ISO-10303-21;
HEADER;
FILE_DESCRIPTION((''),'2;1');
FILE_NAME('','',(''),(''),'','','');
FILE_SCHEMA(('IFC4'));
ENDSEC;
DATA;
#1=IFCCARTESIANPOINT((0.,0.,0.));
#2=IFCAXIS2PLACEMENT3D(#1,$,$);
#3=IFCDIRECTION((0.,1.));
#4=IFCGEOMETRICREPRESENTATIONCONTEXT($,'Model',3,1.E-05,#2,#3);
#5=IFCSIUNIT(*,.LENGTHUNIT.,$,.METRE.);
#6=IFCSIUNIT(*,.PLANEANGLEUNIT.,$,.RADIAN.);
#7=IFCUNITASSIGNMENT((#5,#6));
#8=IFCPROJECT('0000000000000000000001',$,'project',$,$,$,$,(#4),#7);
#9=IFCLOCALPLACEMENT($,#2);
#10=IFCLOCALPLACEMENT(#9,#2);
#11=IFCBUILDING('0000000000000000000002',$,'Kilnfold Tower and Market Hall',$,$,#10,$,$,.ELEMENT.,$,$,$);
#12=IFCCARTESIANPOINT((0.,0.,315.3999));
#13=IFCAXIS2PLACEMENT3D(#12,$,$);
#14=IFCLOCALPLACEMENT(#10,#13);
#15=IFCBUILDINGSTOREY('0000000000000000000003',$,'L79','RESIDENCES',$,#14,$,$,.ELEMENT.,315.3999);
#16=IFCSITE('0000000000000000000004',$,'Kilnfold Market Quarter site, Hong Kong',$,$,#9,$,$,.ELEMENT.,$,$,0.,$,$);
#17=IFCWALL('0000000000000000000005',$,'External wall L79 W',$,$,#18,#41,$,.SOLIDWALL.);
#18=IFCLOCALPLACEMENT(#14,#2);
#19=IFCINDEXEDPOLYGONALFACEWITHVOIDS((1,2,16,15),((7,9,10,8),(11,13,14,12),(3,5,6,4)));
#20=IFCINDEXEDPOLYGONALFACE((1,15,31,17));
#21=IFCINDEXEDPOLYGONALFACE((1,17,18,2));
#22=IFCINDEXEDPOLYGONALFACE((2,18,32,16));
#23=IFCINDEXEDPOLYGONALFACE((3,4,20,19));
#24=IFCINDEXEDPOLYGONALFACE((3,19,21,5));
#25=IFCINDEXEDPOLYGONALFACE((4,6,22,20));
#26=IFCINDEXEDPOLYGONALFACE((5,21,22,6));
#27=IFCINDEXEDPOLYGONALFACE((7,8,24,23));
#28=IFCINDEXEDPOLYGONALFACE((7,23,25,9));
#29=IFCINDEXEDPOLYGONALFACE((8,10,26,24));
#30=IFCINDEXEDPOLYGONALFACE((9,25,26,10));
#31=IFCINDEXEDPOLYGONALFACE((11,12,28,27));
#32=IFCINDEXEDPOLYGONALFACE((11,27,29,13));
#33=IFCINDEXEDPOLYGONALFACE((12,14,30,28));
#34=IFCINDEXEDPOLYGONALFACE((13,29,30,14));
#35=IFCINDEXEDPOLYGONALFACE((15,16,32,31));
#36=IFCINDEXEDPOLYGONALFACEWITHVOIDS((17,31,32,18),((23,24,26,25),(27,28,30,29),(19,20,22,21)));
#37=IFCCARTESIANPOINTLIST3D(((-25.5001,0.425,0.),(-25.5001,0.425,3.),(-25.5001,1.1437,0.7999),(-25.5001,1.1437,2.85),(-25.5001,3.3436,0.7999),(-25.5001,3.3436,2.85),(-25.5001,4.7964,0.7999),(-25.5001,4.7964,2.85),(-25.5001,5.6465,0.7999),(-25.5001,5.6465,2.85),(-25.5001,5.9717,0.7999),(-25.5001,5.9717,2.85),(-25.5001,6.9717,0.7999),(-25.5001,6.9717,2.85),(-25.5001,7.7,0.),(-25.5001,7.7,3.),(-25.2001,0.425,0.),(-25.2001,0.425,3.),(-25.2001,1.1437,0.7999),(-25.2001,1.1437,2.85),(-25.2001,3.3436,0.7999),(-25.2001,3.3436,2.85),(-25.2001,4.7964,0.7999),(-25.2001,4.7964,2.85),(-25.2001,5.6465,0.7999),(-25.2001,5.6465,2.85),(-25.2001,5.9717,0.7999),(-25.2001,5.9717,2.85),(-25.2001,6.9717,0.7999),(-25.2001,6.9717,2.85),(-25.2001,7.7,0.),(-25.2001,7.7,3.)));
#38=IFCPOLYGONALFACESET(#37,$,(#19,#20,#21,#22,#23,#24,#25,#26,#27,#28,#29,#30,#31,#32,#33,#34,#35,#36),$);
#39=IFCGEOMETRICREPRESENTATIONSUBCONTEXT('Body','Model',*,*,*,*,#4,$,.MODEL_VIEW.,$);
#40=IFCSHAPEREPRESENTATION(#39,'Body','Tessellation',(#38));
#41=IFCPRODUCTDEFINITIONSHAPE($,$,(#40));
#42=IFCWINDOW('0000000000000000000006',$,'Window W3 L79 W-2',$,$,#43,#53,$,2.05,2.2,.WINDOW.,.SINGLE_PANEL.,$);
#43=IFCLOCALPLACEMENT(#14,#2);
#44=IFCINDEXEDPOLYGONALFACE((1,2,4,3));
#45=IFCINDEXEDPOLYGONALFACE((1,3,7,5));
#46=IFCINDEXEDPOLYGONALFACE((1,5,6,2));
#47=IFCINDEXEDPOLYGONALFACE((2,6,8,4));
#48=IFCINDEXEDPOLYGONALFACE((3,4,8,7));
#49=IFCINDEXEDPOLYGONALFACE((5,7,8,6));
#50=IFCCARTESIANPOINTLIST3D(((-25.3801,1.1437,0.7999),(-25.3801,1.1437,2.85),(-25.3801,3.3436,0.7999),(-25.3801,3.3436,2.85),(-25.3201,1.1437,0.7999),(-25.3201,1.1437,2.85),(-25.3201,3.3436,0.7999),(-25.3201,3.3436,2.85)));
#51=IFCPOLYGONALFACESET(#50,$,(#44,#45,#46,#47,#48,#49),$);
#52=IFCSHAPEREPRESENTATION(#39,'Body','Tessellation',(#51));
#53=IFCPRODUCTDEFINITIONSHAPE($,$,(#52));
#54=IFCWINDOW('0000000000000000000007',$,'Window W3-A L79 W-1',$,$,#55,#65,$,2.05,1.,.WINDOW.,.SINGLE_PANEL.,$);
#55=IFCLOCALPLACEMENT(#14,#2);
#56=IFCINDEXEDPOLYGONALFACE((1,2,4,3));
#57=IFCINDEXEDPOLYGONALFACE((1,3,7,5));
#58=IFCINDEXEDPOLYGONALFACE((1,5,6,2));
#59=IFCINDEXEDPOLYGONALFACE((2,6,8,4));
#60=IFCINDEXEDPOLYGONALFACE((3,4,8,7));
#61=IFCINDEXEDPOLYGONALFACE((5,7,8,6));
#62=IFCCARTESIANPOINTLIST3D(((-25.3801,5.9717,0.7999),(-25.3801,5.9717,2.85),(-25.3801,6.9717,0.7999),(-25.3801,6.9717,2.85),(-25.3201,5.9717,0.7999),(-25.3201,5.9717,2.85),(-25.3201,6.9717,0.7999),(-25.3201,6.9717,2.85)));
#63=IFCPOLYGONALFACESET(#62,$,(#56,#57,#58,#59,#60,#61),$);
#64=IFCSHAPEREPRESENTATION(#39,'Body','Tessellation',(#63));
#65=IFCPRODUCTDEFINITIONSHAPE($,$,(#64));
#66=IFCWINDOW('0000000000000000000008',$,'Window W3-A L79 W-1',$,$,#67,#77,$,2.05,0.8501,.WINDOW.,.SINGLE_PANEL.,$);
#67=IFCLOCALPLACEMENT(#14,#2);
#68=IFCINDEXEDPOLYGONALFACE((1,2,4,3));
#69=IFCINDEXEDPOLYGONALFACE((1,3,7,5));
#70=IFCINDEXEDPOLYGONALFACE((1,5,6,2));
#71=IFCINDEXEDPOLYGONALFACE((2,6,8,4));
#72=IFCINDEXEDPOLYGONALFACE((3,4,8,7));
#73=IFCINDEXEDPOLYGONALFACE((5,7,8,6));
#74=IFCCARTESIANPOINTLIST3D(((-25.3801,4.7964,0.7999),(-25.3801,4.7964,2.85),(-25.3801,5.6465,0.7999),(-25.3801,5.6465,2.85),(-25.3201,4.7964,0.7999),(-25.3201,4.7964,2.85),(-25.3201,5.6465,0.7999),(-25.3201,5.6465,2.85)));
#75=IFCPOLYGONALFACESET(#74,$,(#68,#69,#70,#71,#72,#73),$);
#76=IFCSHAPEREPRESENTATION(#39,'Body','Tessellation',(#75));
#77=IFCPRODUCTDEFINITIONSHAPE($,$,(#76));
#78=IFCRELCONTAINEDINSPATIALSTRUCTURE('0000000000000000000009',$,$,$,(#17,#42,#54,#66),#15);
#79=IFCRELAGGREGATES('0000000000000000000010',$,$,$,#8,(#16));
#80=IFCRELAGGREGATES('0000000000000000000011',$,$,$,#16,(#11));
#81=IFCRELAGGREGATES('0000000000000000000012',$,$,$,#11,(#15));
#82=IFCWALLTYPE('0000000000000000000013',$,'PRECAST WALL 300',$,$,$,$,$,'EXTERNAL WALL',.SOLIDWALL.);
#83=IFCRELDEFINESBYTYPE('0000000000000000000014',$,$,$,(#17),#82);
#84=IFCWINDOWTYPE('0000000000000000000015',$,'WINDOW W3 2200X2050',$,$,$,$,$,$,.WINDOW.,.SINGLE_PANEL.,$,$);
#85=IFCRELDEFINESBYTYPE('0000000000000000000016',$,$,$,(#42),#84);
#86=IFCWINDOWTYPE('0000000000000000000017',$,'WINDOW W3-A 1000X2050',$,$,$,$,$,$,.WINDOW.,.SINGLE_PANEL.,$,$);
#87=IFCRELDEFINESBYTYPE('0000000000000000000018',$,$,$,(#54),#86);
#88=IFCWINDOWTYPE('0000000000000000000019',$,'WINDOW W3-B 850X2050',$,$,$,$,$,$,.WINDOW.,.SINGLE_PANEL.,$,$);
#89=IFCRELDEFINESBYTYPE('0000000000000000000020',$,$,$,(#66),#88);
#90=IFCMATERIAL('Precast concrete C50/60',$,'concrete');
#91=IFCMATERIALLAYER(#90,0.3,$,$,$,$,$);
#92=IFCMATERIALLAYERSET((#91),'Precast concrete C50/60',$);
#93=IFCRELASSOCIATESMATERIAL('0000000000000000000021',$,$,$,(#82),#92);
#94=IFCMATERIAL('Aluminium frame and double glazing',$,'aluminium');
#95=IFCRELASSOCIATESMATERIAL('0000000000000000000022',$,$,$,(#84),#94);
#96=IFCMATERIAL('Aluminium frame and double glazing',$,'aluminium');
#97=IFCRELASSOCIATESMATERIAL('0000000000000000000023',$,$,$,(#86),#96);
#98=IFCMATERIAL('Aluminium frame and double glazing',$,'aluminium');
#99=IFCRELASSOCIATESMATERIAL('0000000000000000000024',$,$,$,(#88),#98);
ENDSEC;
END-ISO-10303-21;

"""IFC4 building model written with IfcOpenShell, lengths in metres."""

from ifc_helpers import new_model, si_unit, direction, frame, frame_2d, origin, place, context, subcontext, project, spatial, rectangle, extrude, source, transform, mapped, material, layer, layer_set, type_object, element, fill, save


model = new_model("IFC4")

# Units and contexts
model_context = context("Model", 3, precision=1e-05, world=origin(), true_north=direction((0.0, 1.0)))
body_context = subcontext(model_context, "Body", "Model", "MODEL_VIEW")
ifc_project = project(units=[si_unit("LENGTHUNIT", "METRE"), si_unit("PLANEANGLEUNIT", "RADIAN")], contexts=[model_context])

# Site, building, storey
site_placement = place(None, origin())
site = spatial("IfcSite", under=ifc_project, at=site_placement, Name="Kilnfold Market Quarter site, Hong Kong", CompositionType="ELEMENT", RefElevation=0.0)
building_placement = place(site_placement, origin())
building = spatial("IfcBuilding", under=site, at=building_placement, Name="Kilnfold Tower and Market Hall", CompositionType="ELEMENT")
storey_placement = place(building_placement, frame((0.0, 0.0, 315.3999)))
storey = spatial("IfcBuildingStorey", under=building, at=storey_placement, Name="L79", Description="RESIDENCES", CompositionType="ELEMENT", Elevation=315.3999)

# Wall, openings, windows
ifc_material_1 = material(Name="Precast concrete C50/60", Category="concrete")
ifc_layer_1 = layer(ifc_material_1, 0.3)
ifc_layer_set_1 = layer_set([ifc_layer_1], Name="Precast concrete C50/60")
wall_type_1 = type_object("IfcWallType", Name="PRECAST WALL 300", ElementType="EXTERNAL WALL", PredefinedType="SOLIDWALL", material=ifc_layer_set_1)
shared_shape_1 = source(origin(), body_context, "Body", "SweptSolid", [
    extrude(rectangle(XDim=7.2749, YDim=0.3, at=frame_2d((3.6375, 0.0))), origin(), (0.0, 0.0, 1.0), 3.0),
])
wall_1_placement = place(storey_placement, frame((-25.3501, 7.7, 0.0), z_axis=(0.0, 0.0, 1.0), x_axis=(0.0, -1.0, 0.0)))
wall_1 = element("IfcWall", 1, at=wall_1_placement, inside=storey, type_object=wall_type_1, Name="External wall L79 W", PredefinedType="SOLIDWALL", context=body_context, shape_type="MappedRepresentation", body=[
    mapped(shared_shape_1, transform((0.0, 0.0, 0.0))),
])
opening_1_placement = place(wall_1_placement, frame((0.7283, 0.0, 0.8)))
opening_1 = element("IfcOpeningElement", 2, at=opening_1_placement, cuts=wall_1, PredefinedType="OPENING", context=body_context, shape_type="SweptSolid", body=[
    extrude(rectangle(XDim=1.0, YDim=2.05, at=frame_2d((0.5, 1.0249))), frame((0.0, 0.1602, 0.0), z_axis=(0.0, -1.0, 0.0), x_axis=(1.0, 0.0, 0.0)), (0.0, 0.0, 1.0), 0.3201),
])
opening_2_placement = place(wall_1_placement, frame((4.3562, 0.0, 0.8)))
opening_2 = element("IfcOpeningElement", 3, at=opening_2_placement, cuts=wall_1, PredefinedType="OPENING", context=body_context, shape_type="SweptSolid", body=[
    extrude(rectangle(XDim=2.2, YDim=2.05, at=frame_2d((1.1001, 1.0249))), frame((0.0, 0.1602, 0.0), z_axis=(0.0, -1.0, 0.0), x_axis=(1.0, 0.0, 0.0)), (0.0, 0.0, 1.0), 0.3201),
])
opening_3_placement = place(wall_1_placement, frame((2.0535, 0.0, 0.8)))
opening_3 = element("IfcOpeningElement", 4, at=opening_3_placement, cuts=wall_1, PredefinedType="OPENING", context=body_context, shape_type="SweptSolid", body=[
    extrude(rectangle(XDim=0.8501, YDim=2.05, at=frame_2d((0.425, 1.0249))), frame((0.0, 0.1602, 0.0), z_axis=(0.0, -1.0, 0.0), x_axis=(1.0, 0.0, 0.0)), (0.0, 0.0, 1.0), 0.3201),
])
ifc_material_2 = material(Name="Aluminium frame and double glazing", Category="aluminium")
window_type_1 = type_object("IfcWindowType", Name="WINDOW W3 2200X2050", PartitioningType="SINGLE_PANEL", PredefinedType="WINDOW", material=ifc_material_2)
window_1_placement = place(opening_2_placement, origin())
window_1 = element("IfcWindow", 5, at=window_1_placement, inside=storey, type_object=window_type_1, Name="Window W3 L79 W-2", OverallHeight=2.05, OverallWidth=2.2, PartitioningType="SINGLE_PANEL", PredefinedType="WINDOW", context=body_context, shape_type="SweptSolid", body=[
    extrude(rectangle(XDim=2.2, YDim=2.05, at=frame_2d((1.1001, 1.0249))), frame((0.0, 0.03, 0.0), z_axis=(0.0, -1.0, 0.0), x_axis=(1.0, 0.0, 0.0)), (0.0, 0.0, 1.0), 0.0601),
])
fill(opening_2, window_1)
ifc_material_3 = material(Name="Aluminium frame and double glazing", Category="aluminium")
window_type_2 = type_object("IfcWindowType", Name="WINDOW W3-A 1000X2050", PartitioningType="SINGLE_PANEL", PredefinedType="WINDOW", material=ifc_material_3)
window_2_placement = place(opening_1_placement, origin())
window_2 = element("IfcWindow", 6, at=window_2_placement, inside=storey, type_object=window_type_2, Name="Window W3-A L79 W-1", OverallHeight=2.05, OverallWidth=1.0, PartitioningType="SINGLE_PANEL", PredefinedType="WINDOW", context=body_context, shape_type="SweptSolid", body=[
    extrude(rectangle(XDim=1.0, YDim=2.05, at=frame_2d((0.5, 1.0249))), frame((0.0, 0.03, 0.0), z_axis=(0.0, -1.0, 0.0), x_axis=(1.0, 0.0, 0.0)), (0.0, 0.0, 1.0), 0.0601),
])
fill(opening_1, window_2)
ifc_material_4 = material(Name="Aluminium frame and double glazing", Category="aluminium")
window_type_3 = type_object("IfcWindowType", Name="WINDOW W3-B 850X2050", PartitioningType="SINGLE_PANEL", PredefinedType="WINDOW", material=ifc_material_4)
window_3_placement = place(opening_3_placement, origin())
window_3 = element("IfcWindow", 7, at=window_3_placement, inside=storey, type_object=window_type_3, Name="Window W3-A L79 W-1", OverallHeight=2.05, OverallWidth=0.8501, PartitioningType="SINGLE_PANEL", PredefinedType="WINDOW", context=body_context, shape_type="SweptSolid", body=[
    extrude(rectangle(XDim=0.8501, YDim=2.05, at=frame_2d((0.425, 1.0249))), frame((0.0, 0.03, 0.0), z_axis=(0.0, -1.0, 0.0), x_axis=(1.0, 0.0, 0.0)), (0.0, 0.0, 1.0), 0.0601),
])
fill(opening_3, window_3)

save(model, "model.ifc")
